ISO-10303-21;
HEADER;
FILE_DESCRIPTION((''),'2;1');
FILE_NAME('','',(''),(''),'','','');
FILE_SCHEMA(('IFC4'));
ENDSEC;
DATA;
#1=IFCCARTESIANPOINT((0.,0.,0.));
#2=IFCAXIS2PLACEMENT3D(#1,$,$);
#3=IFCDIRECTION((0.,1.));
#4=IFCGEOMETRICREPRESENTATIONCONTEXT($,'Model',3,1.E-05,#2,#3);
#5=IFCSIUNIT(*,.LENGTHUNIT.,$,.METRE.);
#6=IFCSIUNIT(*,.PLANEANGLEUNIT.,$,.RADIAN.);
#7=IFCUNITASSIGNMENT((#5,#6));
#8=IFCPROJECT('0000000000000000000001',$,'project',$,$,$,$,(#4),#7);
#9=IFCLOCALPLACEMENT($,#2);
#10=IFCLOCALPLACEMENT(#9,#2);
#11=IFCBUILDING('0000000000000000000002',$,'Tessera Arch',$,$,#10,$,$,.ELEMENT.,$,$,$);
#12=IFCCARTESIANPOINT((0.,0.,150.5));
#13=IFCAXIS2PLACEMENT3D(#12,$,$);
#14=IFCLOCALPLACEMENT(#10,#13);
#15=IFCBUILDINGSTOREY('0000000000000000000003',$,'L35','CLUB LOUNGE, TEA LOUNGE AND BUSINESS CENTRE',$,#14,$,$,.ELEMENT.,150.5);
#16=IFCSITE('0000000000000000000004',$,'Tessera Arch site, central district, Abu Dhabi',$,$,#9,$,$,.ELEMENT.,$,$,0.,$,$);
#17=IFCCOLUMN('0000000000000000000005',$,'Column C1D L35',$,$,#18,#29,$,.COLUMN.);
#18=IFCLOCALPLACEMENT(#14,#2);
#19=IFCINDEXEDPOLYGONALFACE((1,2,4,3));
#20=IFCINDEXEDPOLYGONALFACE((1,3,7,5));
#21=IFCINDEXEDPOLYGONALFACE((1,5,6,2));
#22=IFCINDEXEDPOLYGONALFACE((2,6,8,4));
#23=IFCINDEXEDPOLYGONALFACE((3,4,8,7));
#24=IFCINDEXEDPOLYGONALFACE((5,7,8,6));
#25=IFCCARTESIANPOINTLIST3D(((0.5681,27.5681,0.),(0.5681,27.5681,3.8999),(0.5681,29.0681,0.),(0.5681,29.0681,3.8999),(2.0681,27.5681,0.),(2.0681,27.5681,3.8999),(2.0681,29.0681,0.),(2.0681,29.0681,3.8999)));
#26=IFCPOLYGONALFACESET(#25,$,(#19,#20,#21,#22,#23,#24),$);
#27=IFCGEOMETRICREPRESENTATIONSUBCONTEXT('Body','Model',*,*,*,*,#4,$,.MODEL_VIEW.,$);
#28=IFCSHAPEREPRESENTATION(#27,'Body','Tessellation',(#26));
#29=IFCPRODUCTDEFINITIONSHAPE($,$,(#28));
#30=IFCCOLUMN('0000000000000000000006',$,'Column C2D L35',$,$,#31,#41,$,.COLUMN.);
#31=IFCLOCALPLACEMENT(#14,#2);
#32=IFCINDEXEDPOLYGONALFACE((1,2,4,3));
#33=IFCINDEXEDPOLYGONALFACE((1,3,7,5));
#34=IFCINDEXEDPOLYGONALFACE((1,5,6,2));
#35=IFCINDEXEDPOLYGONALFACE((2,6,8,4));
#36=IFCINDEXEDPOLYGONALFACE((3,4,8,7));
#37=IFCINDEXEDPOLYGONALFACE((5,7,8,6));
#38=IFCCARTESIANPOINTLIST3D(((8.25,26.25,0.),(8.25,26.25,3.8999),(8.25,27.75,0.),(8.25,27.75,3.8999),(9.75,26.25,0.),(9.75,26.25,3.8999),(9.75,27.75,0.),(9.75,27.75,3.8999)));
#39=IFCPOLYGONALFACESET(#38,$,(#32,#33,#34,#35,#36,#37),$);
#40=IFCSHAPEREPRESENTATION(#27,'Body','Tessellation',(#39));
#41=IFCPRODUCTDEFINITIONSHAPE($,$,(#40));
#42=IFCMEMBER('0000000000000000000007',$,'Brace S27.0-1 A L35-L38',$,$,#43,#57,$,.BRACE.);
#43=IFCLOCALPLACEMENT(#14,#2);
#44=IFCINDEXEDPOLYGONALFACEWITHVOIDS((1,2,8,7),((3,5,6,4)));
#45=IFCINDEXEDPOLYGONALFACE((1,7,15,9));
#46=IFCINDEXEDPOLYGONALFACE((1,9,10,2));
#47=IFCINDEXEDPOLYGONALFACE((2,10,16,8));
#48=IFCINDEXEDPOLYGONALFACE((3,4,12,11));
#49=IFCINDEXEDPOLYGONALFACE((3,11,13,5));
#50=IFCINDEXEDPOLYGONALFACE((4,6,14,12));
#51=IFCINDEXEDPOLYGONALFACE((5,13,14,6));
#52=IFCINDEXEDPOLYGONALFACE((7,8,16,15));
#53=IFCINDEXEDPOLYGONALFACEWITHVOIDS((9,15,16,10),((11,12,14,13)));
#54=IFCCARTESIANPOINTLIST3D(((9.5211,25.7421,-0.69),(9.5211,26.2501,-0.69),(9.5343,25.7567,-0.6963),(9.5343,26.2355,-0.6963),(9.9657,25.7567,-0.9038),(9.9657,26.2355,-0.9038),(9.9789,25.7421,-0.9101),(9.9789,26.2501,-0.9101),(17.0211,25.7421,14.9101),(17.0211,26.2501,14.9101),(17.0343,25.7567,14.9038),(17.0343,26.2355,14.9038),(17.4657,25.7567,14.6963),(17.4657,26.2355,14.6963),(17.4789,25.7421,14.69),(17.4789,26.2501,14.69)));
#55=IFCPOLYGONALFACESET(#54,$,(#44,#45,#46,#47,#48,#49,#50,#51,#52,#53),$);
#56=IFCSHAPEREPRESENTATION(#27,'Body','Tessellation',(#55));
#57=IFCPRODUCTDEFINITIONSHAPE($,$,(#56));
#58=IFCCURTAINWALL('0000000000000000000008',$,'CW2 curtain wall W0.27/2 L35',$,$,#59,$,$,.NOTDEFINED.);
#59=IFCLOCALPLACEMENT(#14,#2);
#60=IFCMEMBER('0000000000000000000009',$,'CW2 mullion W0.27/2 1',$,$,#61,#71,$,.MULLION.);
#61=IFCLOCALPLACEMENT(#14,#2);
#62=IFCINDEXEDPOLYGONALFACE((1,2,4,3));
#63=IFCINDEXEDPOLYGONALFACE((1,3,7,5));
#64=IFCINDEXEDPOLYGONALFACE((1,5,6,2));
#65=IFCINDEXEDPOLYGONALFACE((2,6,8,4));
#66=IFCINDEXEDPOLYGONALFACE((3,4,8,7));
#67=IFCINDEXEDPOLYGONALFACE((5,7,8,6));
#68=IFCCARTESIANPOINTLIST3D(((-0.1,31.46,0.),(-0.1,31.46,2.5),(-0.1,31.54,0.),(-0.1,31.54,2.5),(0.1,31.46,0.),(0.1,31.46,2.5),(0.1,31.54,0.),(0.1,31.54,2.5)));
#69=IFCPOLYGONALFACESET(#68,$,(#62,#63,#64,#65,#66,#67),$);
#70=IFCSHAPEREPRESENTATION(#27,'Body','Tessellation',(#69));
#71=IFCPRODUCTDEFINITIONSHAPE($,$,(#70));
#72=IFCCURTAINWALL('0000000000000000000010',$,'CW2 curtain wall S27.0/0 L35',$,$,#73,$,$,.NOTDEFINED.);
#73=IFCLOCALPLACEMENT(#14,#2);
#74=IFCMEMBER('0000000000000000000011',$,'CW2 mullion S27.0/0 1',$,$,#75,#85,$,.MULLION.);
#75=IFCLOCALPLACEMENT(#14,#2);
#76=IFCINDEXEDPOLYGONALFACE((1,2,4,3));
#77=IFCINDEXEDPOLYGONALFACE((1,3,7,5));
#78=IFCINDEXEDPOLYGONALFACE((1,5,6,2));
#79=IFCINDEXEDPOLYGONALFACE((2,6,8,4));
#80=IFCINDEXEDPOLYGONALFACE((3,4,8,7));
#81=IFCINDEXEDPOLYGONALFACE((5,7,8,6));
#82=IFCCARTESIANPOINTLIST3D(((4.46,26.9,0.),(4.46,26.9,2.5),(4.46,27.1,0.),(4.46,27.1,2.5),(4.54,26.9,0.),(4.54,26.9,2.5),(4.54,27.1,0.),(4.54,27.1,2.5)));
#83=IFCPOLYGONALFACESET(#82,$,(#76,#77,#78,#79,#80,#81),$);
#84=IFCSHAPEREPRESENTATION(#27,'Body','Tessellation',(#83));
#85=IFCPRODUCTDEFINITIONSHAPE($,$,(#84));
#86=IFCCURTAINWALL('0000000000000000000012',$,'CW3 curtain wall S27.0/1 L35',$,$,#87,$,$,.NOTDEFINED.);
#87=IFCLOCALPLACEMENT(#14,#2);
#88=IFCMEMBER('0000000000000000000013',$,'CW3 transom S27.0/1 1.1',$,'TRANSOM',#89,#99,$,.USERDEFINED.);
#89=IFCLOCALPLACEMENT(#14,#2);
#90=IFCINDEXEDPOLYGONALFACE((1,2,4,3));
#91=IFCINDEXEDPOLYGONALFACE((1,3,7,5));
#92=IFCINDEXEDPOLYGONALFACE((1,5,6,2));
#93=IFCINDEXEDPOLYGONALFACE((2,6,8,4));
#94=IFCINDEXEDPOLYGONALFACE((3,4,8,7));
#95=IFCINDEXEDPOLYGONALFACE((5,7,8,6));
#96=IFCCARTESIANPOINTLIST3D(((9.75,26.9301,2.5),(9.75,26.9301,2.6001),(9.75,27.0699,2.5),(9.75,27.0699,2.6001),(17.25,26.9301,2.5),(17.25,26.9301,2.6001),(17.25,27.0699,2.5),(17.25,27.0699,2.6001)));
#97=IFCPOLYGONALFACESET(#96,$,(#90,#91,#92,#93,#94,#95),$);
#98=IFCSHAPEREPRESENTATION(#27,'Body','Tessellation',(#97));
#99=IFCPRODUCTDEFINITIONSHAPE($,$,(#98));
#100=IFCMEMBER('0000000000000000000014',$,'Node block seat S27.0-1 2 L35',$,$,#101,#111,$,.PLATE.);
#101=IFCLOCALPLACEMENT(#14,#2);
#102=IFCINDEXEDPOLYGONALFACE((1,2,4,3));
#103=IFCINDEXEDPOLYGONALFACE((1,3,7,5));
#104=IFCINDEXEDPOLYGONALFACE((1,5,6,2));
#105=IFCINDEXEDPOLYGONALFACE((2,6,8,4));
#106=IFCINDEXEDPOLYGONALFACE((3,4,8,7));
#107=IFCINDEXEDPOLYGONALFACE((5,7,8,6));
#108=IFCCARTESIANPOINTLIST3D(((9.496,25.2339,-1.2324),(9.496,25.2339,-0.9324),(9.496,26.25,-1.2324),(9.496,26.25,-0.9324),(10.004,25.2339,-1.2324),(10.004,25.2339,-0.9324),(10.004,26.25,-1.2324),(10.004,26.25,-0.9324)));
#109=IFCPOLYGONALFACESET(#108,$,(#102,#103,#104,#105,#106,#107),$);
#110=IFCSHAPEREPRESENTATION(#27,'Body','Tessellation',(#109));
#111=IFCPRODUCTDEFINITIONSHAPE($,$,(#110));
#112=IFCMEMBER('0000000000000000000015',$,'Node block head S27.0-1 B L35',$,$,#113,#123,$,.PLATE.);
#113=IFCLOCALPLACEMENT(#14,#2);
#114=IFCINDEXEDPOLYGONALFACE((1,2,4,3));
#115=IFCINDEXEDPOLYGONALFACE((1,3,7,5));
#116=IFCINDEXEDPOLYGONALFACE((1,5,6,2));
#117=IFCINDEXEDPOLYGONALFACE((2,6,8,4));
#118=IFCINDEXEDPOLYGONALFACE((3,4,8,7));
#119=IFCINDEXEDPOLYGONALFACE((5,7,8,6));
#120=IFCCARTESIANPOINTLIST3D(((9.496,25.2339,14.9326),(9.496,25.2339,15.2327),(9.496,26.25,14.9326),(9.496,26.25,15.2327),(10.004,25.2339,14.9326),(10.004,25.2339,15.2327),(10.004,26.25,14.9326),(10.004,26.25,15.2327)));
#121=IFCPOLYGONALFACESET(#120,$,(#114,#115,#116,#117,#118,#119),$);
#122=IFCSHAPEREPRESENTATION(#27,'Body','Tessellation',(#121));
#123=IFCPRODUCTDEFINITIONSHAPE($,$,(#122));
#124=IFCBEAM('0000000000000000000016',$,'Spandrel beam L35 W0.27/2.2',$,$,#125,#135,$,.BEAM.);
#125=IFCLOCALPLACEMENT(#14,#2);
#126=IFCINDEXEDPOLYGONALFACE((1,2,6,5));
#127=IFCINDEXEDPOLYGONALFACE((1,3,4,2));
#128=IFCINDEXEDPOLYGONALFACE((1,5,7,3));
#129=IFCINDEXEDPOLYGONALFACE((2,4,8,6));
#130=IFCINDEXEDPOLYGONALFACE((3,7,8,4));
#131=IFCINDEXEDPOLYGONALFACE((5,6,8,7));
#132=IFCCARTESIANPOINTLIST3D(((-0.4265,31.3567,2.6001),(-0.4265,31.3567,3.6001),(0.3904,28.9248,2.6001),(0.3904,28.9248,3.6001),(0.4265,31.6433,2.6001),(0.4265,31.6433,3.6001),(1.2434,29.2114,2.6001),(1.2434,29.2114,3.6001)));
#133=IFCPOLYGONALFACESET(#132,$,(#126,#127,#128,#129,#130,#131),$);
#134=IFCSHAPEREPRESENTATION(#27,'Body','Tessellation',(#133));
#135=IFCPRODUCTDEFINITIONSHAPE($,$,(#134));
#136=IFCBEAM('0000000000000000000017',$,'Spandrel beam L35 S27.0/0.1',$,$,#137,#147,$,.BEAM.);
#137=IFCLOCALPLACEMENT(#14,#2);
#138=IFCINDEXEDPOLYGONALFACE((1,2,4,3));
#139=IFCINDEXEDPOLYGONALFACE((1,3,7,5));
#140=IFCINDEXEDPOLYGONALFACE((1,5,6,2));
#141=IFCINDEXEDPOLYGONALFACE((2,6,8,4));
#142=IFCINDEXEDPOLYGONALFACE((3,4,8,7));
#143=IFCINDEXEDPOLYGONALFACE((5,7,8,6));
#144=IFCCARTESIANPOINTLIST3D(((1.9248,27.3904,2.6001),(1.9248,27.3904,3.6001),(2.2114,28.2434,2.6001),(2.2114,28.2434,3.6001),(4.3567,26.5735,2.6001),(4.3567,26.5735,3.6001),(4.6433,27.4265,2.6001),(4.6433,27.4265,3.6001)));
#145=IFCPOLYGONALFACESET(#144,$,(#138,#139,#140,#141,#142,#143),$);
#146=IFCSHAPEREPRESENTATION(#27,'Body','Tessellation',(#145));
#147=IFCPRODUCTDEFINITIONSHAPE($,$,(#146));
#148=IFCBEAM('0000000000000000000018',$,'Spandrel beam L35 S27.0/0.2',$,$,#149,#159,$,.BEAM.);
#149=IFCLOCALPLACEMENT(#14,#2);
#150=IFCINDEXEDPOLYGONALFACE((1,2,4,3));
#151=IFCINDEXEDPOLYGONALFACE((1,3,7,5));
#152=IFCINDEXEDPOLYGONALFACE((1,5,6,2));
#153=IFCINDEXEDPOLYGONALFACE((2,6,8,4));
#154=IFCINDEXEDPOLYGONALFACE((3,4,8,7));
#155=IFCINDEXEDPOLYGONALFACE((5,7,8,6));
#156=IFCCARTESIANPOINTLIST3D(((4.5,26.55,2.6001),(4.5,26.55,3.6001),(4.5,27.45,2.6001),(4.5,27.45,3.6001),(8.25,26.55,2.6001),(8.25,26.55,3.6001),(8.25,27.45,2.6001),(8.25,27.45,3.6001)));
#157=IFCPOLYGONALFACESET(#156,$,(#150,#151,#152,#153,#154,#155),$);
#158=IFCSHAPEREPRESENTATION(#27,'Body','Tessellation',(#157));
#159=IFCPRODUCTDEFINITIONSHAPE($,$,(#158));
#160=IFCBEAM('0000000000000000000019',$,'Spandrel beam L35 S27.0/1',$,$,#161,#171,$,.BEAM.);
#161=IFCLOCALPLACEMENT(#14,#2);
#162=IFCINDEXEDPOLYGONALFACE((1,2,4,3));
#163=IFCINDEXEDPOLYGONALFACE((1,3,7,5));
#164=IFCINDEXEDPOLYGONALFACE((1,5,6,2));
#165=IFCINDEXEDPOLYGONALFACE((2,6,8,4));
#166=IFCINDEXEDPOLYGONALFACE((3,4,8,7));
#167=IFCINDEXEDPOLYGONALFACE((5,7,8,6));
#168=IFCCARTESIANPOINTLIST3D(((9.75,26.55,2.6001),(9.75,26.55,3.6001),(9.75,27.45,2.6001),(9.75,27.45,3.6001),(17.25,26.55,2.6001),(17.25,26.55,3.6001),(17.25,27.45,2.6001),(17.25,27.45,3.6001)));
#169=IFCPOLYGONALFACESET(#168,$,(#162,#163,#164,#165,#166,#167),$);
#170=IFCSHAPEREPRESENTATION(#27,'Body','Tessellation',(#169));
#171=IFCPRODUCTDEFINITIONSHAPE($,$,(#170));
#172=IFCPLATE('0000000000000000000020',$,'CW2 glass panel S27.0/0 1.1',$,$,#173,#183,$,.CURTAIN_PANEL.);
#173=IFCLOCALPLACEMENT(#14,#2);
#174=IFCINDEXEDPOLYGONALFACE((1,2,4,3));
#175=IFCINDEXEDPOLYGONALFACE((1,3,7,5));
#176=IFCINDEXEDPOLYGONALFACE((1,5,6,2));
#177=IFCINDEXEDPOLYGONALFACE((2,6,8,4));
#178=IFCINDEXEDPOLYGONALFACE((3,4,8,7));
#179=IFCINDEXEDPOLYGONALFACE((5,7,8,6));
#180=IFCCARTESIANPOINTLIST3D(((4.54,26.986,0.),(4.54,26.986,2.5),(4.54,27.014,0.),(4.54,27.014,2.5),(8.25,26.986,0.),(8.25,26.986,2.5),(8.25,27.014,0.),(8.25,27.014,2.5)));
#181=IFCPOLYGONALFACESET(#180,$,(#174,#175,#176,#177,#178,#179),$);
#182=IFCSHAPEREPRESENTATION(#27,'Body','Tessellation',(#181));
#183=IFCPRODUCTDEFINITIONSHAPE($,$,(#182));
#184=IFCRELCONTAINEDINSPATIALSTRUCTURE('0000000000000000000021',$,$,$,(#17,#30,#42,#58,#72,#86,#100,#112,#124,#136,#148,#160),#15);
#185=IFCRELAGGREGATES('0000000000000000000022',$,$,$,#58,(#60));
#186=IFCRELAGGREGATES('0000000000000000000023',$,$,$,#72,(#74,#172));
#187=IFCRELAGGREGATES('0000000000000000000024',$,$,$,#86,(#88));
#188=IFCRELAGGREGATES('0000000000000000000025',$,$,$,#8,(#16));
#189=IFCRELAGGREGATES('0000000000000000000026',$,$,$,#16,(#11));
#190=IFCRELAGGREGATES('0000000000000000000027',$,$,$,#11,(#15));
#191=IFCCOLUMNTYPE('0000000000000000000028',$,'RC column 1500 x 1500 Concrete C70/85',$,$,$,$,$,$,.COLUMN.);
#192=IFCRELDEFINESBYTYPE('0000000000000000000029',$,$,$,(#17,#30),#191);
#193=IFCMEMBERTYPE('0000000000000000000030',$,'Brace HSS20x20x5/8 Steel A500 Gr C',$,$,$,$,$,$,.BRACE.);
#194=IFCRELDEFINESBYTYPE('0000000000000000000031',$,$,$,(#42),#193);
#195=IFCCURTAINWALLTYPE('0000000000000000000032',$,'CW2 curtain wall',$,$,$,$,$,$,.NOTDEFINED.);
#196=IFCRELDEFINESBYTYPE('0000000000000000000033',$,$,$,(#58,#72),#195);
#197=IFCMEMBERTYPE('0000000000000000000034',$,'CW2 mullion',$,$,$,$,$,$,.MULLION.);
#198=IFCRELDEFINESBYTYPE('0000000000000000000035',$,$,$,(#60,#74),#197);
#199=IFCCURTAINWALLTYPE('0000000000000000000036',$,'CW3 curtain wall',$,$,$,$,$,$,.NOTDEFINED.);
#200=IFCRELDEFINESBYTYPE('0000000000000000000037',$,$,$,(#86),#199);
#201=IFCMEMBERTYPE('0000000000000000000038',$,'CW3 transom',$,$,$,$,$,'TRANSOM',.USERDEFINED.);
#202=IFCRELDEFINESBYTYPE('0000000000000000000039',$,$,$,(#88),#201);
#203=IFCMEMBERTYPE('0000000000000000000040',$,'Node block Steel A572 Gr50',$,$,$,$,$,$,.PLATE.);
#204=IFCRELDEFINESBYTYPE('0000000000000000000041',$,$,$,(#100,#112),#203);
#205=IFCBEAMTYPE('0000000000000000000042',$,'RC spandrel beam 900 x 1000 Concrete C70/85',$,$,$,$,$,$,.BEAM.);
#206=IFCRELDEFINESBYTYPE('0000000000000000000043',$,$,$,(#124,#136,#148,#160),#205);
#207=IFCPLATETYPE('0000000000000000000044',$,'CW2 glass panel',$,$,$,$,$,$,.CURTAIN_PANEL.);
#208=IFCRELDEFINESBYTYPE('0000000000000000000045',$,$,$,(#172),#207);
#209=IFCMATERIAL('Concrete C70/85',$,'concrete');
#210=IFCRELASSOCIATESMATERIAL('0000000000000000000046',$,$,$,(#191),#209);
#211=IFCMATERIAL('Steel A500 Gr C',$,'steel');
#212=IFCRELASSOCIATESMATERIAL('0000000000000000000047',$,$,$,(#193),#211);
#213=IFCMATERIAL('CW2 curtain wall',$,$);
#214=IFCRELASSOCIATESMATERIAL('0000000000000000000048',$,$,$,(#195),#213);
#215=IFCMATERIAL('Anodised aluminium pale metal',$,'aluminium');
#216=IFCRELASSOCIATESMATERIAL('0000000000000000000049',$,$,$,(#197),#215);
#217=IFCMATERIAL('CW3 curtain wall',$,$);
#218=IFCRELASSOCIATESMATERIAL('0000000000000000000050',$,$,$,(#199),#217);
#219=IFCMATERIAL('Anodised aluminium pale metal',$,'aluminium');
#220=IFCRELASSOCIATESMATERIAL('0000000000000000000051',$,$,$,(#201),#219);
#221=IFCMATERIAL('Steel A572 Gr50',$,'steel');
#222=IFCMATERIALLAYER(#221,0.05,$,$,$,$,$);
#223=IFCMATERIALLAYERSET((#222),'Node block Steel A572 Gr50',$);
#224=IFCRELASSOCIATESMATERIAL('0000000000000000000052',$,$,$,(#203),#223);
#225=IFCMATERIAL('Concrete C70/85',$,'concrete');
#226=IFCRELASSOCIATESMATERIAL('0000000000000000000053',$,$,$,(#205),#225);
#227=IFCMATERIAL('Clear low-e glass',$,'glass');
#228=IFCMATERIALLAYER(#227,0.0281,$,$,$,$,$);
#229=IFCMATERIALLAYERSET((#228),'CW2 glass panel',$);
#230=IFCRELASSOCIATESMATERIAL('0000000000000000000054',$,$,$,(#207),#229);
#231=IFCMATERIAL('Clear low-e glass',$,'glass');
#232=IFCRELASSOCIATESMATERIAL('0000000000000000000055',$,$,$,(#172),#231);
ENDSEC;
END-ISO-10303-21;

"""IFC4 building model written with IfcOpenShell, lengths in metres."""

from ifc_helpers import new_model, si_unit, direction, frame, origin, origin_2d, place, context, subcontext, project, spatial, rectangle, hollow_rectangle, extrude, material, layer, layer_set, material_profile, profile_set, type_object, element, aggregate, save


model = new_model("IFC4")

# Units and contexts
model_context = context("Model", 3, precision=1e-05, world=origin(), true_north=direction((0.0, 1.0)))
body_context = subcontext(model_context, "Body", "Model", "MODEL_VIEW")
ifc_project = project(units=[si_unit("LENGTHUNIT", "METRE"), si_unit("PLANEANGLEUNIT", "RADIAN")], contexts=[model_context])

# Site, building, storey
site_placement = place(None, origin())
site = spatial("IfcSite", under=ifc_project, at=site_placement, Name="Tessera Arch site, central district, Abu Dhabi", CompositionType="ELEMENT", RefElevation=0.0)
building_placement = place(site_placement, origin())
building = spatial("IfcBuilding", under=site, at=building_placement, Name="Tessera Arch", CompositionType="ELEMENT")
storey_placement = place(building_placement, frame((0.0, 0.0, 150.5)))
storey = spatial("IfcBuildingStorey", under=building, at=storey_placement, Name="L35", Description="CLUB LOUNGE, TEA LOUNGE AND BUSINESS CENTRE", CompositionType="ELEMENT", Elevation=150.5)

# Columns
ifc_material_1 = material(Name="Concrete C70/85", Category="concrete")
ifc_material_profile_1 = material_profile(ifc_material_1, rectangle(XDim=1.5, YDim=1.5, at=origin_2d()), Name="RC column 1500 x 1500 Concrete C70/85")
ifc_profile_set_1 = profile_set([ifc_material_profile_1], Name="Concrete C70/85")
column_type = type_object("IfcColumnType", Name="RC column 1500 x 1500 Concrete C70/85", PredefinedType="COLUMN", material=ifc_profile_set_1)
for number, where, z_axis, x_axis, name in (
    (1, (1.3181, 28.3181, 0.0), (0.0, 0.0, 1.0), (1.0, 0.0, 0.0), "Column C1D L35"),
    (2, (9.0, 27.0, 0.0), (0.0, 0.0, 1.0), (1.0, 0.0, 0.0), "Column C2D L35"),
):
    element("IfcColumn", number, at=place(storey_placement, frame(where, z_axis=z_axis, x_axis=x_axis)), inside=storey, type_object=column_type, Name=name, PredefinedType="COLUMN", context=body_context, shape_type="SweptSolid", body=[
        extrude(rectangle(XDim=1.5, YDim=1.5, at=origin_2d()), origin(), (0.0, 0.0, 1.0), 3.8999),
    ])

# Member
ifc_material_2 = material(Name="Steel A500 Gr C", Category="steel")
ifc_material_profile_2 = material_profile(ifc_material_2, hollow_rectangle(XDim=0.5081, YDim=0.5081, WallThickness=0.0146, at=origin_2d()), Name="HSS20x20x5/8")
ifc_profile_set_2 = profile_set([ifc_material_profile_2], Name="Steel A500 Gr C")
member_type_1 = type_object("IfcMemberType", Name="Brace HSS20x20x5/8 Steel A500 Gr C", PredefinedType="BRACE", material=ifc_profile_set_2)
member_1_placement = place(storey_placement, frame((9.75, 25.9961, -0.8), z_axis=(0.433292, 0.0, 0.901253), x_axis=(0.0, 1.0, 0.0)))
element("IfcMember", 3, at=member_1_placement, inside=storey, type_object=member_type_1, Name="Brace S27.0-1 A L35-L38", PredefinedType="BRACE", context=body_context, shape_type="SweptSolid", body=[
    extrude(hollow_rectangle(XDim=0.5081, YDim=0.5081, WallThickness=0.0146, at=origin_2d()), origin(), (0.0, 0.0, 1.0), 17.3093),
])

# Curtain walls, members
ifc_material_3 = material(Name="CW2 curtain wall")
curtain_wall_type_1 = type_object("IfcCurtainWallType", Name="CW2 curtain wall", PredefinedType="NOTDEFINED", material=ifc_material_3)
curtain_wall_1_placement = place(storey_placement, origin())
curtain_wall_1 = element("IfcCurtainWall", 4, at=curtain_wall_1_placement, inside=storey, type_object=curtain_wall_type_1, Name="CW2 curtain wall W0.27/2 L35", PredefinedType="NOTDEFINED")
ifc_material_4 = material(Name="Anodised aluminium pale metal", Category="aluminium")
ifc_material_profile_3 = material_profile(ifc_material_4, rectangle(XDim=0.2, YDim=0.0801, at=origin_2d()), Name="AL 80x200")
ifc_profile_set_3 = profile_set([ifc_material_profile_3], Name="Anodised aluminium pale metal")
member_type_2 = type_object("IfcMemberType", Name="CW2 mullion", PredefinedType="MULLION", material=ifc_profile_set_3)
member_2_placement = place(storey_placement, frame((0.0, 31.5, 0.0), z_axis=(0.0, 0.0, 1.0), x_axis=(1.0, 0.0, 0.0)))
member_2 = element("IfcMember", 5, at=member_2_placement, type_object=member_type_2, Name="CW2 mullion W0.27/2 1", PredefinedType="MULLION", context=body_context, shape_type="SweptSolid", body=[
    extrude(rectangle(XDim=0.2, YDim=0.0801, at=origin_2d()), origin(), (0.0, 0.0, 1.0), 2.5),
])
aggregate(curtain_wall_1, [member_2])
curtain_wall_2_placement = place(storey_placement, origin())
curtain_wall_2 = element("IfcCurtainWall", 6, at=curtain_wall_2_placement, inside=storey, type_object=curtain_wall_type_1, Name="CW2 curtain wall S27.0/0 L35", PredefinedType="NOTDEFINED")
member_3_placement = place(storey_placement, frame((4.5, 27.0, 0.0), z_axis=(0.0, 0.0, 1.0), x_axis=(0.0, 1.0, 0.0)))
member_3 = element("IfcMember", 7, at=member_3_placement, type_object=member_type_2, Name="CW2 mullion S27.0/0 1", PredefinedType="MULLION", context=body_context, shape_type="SweptSolid", body=[
    extrude(rectangle(XDim=0.2, YDim=0.0801, at=origin_2d()), origin(), (0.0, 0.0, 1.0), 2.5),
])
ifc_material_5 = material(Name="CW3 curtain wall")
curtain_wall_type_2 = type_object("IfcCurtainWallType", Name="CW3 curtain wall", PredefinedType="NOTDEFINED", material=ifc_material_5)
curtain_wall_3_placement = place(storey_placement, origin())
curtain_wall_3 = element("IfcCurtainWall", 8, at=curtain_wall_3_placement, inside=storey, type_object=curtain_wall_type_2, Name="CW3 curtain wall S27.0/1 L35", PredefinedType="NOTDEFINED")
ifc_material_6 = material(Name="Anodised aluminium pale metal", Category="aluminium")
ifc_material_profile_4 = material_profile(ifc_material_6, rectangle(XDim=0.1399, YDim=0.1001, at=origin_2d()), Name="AL 140x100")
ifc_profile_set_4 = profile_set([ifc_material_profile_4], Name="Anodised aluminium pale metal")
member_type_3 = type_object("IfcMemberType", Name="CW3 transom", ElementType="TRANSOM", PredefinedType="USERDEFINED", material=ifc_profile_set_4)
member_4_placement = place(storey_placement, frame((9.75, 27.0, 2.55), z_axis=(1.0, 0.0, 0.0), x_axis=(0.0, 1.0, 0.0)))
member_4 = element("IfcMember", 9, at=member_4_placement, type_object=member_type_3, Name="CW3 transom S27.0/1 1.1", ObjectType="TRANSOM", PredefinedType="USERDEFINED", context=body_context, shape_type="SweptSolid", body=[
    extrude(rectangle(XDim=0.1399, YDim=0.1001, at=origin_2d()), origin(), (0.0, 0.0, 1.0), 7.5),
])

# Members
ifc_material_7 = material(Name="Steel A572 Gr50", Category="steel")
ifc_layer_1 = layer(ifc_material_7, 0.05)
ifc_layer_set_1 = layer_set([ifc_layer_1], Name="Node block Steel A572 Gr50")
member_type_4 = type_object("IfcMemberType", Name="Node block Steel A572 Gr50", PredefinedType="PLATE", material=ifc_layer_set_1)
for number, where, z_axis, x_axis, name in (
    (10, (9.75, 25.7419, -1.2324), (0.0, 0.0, 1.0), (1.0, 0.0, 0.0), "Node block seat S27.0-1 2 L35"),
    (11, (9.75, 25.7419, 14.9326), (0.0, 0.0, 1.0), (1.0, 0.0, 0.0), "Node block head S27.0-1 B L35"),
):
    element("IfcMember", number, at=place(storey_placement, frame(where, z_axis=z_axis, x_axis=x_axis)), inside=storey, type_object=member_type_4, Name=name, PredefinedType="PLATE", context=body_context, shape_type="SweptSolid", body=[
        extrude(rectangle(XDim=0.5081, YDim=1.0161, at=origin_2d()), origin(), (0.0, 0.0, 1.0), 0.3),
    ])

# Beams
ifc_material_8 = material(Name="Concrete C70/85", Category="concrete")
ifc_material_profile_5 = material_profile(ifc_material_8, rectangle(XDim=0.8999, YDim=1.0, at=origin_2d()), Name="RC spandrel beam 900 x 1000 Concrete C70/85")
ifc_profile_set_5 = profile_set([ifc_material_profile_5], Name="Concrete C70/85")
beam_type = type_object("IfcBeamType", Name="RC spandrel beam 900 x 1000 Concrete C70/85", PredefinedType="BEAM", material=ifc_profile_set_5)
for number, where, z_axis, x_axis, name in (
    (12, (0.0, 31.5, 3.1001), (0.318425, -0.947948, 0.0), (0.947948, 0.318425, 0.0), "Spandrel beam L35 W0.27/2.2"),
    (13, (2.0681, 27.8169, 3.1001), (0.947948, -0.318425, 0.0), (0.318425, 0.947948, 0.0), "Spandrel beam L35 S27.0/0.1"),
):
    element("IfcBeam", number, at=place(storey_placement, frame(where, z_axis=z_axis, x_axis=x_axis)), inside=storey, type_object=beam_type, Name=name, PredefinedType="BEAM", context=body_context, shape_type="SweptSolid", body=[
        extrude(rectangle(XDim=0.8999, YDim=1.0, at=origin_2d()), origin(), (0.0, 0.0, 1.0), 2.5654),
    ])
beam_1_placement = place(storey_placement, frame((4.5, 27.0, 3.1001), z_axis=(1.0, 0.0, 0.0), x_axis=(0.0, 1.0, 0.0)))
element("IfcBeam", 14, at=beam_1_placement, inside=storey, type_object=beam_type, Name="Spandrel beam L35 S27.0/0.2", PredefinedType="BEAM", context=body_context, shape_type="SweptSolid", body=[
    extrude(rectangle(XDim=0.8999, YDim=1.0, at=origin_2d()), origin(), (0.0, 0.0, 1.0), 3.75),
])
beam_2_placement = place(storey_placement, frame((9.75, 27.0, 3.1001), z_axis=(1.0, 0.0, 0.0), x_axis=(0.0, 1.0, 0.0)))
element("IfcBeam", 15, at=beam_2_placement, inside=storey, type_object=beam_type, Name="Spandrel beam L35 S27.0/1", PredefinedType="BEAM", context=body_context, shape_type="SweptSolid", body=[
    extrude(rectangle(XDim=0.8999, YDim=1.0, at=origin_2d()), origin(), (0.0, 0.0, 1.0), 7.5),
])

# Plate
ifc_material_9 = material(Name="Clear low-e glass", Category="glass")
ifc_material_10 = material(Name="Clear low-e glass", Category="glass")
ifc_layer_2 = layer(ifc_material_10, 0.0281)
ifc_layer_set_2 = layer_set([ifc_layer_2], Name="CW2 glass panel")
plate_type_1 = type_object("IfcPlateType", Name="CW2 glass panel", PredefinedType="CURTAIN_PANEL", material=ifc_layer_set_2)
plate_1_placement = place(storey_placement, frame((6.395, 27.0, 0.0), z_axis=(0.0, 0.0, 1.0), x_axis=(1.0, 0.0, 0.0)))
plate_1 = element("IfcPlate", 16, at=plate_1_placement, type_object=plate_type_1, material=ifc_material_9, Name="CW2 glass panel S27.0/0 1.1", PredefinedType="CURTAIN_PANEL", context=body_context, shape_type="SweptSolid", body=[
    extrude(rectangle(XDim=3.71, YDim=0.0281, at=origin_2d()), origin(), (0.0, 0.0, 1.0), 2.5),
])
aggregate(curtain_wall_2, [member_3, plate_1])
aggregate(curtain_wall_3, [member_4])

save(model, "model.ifc")
